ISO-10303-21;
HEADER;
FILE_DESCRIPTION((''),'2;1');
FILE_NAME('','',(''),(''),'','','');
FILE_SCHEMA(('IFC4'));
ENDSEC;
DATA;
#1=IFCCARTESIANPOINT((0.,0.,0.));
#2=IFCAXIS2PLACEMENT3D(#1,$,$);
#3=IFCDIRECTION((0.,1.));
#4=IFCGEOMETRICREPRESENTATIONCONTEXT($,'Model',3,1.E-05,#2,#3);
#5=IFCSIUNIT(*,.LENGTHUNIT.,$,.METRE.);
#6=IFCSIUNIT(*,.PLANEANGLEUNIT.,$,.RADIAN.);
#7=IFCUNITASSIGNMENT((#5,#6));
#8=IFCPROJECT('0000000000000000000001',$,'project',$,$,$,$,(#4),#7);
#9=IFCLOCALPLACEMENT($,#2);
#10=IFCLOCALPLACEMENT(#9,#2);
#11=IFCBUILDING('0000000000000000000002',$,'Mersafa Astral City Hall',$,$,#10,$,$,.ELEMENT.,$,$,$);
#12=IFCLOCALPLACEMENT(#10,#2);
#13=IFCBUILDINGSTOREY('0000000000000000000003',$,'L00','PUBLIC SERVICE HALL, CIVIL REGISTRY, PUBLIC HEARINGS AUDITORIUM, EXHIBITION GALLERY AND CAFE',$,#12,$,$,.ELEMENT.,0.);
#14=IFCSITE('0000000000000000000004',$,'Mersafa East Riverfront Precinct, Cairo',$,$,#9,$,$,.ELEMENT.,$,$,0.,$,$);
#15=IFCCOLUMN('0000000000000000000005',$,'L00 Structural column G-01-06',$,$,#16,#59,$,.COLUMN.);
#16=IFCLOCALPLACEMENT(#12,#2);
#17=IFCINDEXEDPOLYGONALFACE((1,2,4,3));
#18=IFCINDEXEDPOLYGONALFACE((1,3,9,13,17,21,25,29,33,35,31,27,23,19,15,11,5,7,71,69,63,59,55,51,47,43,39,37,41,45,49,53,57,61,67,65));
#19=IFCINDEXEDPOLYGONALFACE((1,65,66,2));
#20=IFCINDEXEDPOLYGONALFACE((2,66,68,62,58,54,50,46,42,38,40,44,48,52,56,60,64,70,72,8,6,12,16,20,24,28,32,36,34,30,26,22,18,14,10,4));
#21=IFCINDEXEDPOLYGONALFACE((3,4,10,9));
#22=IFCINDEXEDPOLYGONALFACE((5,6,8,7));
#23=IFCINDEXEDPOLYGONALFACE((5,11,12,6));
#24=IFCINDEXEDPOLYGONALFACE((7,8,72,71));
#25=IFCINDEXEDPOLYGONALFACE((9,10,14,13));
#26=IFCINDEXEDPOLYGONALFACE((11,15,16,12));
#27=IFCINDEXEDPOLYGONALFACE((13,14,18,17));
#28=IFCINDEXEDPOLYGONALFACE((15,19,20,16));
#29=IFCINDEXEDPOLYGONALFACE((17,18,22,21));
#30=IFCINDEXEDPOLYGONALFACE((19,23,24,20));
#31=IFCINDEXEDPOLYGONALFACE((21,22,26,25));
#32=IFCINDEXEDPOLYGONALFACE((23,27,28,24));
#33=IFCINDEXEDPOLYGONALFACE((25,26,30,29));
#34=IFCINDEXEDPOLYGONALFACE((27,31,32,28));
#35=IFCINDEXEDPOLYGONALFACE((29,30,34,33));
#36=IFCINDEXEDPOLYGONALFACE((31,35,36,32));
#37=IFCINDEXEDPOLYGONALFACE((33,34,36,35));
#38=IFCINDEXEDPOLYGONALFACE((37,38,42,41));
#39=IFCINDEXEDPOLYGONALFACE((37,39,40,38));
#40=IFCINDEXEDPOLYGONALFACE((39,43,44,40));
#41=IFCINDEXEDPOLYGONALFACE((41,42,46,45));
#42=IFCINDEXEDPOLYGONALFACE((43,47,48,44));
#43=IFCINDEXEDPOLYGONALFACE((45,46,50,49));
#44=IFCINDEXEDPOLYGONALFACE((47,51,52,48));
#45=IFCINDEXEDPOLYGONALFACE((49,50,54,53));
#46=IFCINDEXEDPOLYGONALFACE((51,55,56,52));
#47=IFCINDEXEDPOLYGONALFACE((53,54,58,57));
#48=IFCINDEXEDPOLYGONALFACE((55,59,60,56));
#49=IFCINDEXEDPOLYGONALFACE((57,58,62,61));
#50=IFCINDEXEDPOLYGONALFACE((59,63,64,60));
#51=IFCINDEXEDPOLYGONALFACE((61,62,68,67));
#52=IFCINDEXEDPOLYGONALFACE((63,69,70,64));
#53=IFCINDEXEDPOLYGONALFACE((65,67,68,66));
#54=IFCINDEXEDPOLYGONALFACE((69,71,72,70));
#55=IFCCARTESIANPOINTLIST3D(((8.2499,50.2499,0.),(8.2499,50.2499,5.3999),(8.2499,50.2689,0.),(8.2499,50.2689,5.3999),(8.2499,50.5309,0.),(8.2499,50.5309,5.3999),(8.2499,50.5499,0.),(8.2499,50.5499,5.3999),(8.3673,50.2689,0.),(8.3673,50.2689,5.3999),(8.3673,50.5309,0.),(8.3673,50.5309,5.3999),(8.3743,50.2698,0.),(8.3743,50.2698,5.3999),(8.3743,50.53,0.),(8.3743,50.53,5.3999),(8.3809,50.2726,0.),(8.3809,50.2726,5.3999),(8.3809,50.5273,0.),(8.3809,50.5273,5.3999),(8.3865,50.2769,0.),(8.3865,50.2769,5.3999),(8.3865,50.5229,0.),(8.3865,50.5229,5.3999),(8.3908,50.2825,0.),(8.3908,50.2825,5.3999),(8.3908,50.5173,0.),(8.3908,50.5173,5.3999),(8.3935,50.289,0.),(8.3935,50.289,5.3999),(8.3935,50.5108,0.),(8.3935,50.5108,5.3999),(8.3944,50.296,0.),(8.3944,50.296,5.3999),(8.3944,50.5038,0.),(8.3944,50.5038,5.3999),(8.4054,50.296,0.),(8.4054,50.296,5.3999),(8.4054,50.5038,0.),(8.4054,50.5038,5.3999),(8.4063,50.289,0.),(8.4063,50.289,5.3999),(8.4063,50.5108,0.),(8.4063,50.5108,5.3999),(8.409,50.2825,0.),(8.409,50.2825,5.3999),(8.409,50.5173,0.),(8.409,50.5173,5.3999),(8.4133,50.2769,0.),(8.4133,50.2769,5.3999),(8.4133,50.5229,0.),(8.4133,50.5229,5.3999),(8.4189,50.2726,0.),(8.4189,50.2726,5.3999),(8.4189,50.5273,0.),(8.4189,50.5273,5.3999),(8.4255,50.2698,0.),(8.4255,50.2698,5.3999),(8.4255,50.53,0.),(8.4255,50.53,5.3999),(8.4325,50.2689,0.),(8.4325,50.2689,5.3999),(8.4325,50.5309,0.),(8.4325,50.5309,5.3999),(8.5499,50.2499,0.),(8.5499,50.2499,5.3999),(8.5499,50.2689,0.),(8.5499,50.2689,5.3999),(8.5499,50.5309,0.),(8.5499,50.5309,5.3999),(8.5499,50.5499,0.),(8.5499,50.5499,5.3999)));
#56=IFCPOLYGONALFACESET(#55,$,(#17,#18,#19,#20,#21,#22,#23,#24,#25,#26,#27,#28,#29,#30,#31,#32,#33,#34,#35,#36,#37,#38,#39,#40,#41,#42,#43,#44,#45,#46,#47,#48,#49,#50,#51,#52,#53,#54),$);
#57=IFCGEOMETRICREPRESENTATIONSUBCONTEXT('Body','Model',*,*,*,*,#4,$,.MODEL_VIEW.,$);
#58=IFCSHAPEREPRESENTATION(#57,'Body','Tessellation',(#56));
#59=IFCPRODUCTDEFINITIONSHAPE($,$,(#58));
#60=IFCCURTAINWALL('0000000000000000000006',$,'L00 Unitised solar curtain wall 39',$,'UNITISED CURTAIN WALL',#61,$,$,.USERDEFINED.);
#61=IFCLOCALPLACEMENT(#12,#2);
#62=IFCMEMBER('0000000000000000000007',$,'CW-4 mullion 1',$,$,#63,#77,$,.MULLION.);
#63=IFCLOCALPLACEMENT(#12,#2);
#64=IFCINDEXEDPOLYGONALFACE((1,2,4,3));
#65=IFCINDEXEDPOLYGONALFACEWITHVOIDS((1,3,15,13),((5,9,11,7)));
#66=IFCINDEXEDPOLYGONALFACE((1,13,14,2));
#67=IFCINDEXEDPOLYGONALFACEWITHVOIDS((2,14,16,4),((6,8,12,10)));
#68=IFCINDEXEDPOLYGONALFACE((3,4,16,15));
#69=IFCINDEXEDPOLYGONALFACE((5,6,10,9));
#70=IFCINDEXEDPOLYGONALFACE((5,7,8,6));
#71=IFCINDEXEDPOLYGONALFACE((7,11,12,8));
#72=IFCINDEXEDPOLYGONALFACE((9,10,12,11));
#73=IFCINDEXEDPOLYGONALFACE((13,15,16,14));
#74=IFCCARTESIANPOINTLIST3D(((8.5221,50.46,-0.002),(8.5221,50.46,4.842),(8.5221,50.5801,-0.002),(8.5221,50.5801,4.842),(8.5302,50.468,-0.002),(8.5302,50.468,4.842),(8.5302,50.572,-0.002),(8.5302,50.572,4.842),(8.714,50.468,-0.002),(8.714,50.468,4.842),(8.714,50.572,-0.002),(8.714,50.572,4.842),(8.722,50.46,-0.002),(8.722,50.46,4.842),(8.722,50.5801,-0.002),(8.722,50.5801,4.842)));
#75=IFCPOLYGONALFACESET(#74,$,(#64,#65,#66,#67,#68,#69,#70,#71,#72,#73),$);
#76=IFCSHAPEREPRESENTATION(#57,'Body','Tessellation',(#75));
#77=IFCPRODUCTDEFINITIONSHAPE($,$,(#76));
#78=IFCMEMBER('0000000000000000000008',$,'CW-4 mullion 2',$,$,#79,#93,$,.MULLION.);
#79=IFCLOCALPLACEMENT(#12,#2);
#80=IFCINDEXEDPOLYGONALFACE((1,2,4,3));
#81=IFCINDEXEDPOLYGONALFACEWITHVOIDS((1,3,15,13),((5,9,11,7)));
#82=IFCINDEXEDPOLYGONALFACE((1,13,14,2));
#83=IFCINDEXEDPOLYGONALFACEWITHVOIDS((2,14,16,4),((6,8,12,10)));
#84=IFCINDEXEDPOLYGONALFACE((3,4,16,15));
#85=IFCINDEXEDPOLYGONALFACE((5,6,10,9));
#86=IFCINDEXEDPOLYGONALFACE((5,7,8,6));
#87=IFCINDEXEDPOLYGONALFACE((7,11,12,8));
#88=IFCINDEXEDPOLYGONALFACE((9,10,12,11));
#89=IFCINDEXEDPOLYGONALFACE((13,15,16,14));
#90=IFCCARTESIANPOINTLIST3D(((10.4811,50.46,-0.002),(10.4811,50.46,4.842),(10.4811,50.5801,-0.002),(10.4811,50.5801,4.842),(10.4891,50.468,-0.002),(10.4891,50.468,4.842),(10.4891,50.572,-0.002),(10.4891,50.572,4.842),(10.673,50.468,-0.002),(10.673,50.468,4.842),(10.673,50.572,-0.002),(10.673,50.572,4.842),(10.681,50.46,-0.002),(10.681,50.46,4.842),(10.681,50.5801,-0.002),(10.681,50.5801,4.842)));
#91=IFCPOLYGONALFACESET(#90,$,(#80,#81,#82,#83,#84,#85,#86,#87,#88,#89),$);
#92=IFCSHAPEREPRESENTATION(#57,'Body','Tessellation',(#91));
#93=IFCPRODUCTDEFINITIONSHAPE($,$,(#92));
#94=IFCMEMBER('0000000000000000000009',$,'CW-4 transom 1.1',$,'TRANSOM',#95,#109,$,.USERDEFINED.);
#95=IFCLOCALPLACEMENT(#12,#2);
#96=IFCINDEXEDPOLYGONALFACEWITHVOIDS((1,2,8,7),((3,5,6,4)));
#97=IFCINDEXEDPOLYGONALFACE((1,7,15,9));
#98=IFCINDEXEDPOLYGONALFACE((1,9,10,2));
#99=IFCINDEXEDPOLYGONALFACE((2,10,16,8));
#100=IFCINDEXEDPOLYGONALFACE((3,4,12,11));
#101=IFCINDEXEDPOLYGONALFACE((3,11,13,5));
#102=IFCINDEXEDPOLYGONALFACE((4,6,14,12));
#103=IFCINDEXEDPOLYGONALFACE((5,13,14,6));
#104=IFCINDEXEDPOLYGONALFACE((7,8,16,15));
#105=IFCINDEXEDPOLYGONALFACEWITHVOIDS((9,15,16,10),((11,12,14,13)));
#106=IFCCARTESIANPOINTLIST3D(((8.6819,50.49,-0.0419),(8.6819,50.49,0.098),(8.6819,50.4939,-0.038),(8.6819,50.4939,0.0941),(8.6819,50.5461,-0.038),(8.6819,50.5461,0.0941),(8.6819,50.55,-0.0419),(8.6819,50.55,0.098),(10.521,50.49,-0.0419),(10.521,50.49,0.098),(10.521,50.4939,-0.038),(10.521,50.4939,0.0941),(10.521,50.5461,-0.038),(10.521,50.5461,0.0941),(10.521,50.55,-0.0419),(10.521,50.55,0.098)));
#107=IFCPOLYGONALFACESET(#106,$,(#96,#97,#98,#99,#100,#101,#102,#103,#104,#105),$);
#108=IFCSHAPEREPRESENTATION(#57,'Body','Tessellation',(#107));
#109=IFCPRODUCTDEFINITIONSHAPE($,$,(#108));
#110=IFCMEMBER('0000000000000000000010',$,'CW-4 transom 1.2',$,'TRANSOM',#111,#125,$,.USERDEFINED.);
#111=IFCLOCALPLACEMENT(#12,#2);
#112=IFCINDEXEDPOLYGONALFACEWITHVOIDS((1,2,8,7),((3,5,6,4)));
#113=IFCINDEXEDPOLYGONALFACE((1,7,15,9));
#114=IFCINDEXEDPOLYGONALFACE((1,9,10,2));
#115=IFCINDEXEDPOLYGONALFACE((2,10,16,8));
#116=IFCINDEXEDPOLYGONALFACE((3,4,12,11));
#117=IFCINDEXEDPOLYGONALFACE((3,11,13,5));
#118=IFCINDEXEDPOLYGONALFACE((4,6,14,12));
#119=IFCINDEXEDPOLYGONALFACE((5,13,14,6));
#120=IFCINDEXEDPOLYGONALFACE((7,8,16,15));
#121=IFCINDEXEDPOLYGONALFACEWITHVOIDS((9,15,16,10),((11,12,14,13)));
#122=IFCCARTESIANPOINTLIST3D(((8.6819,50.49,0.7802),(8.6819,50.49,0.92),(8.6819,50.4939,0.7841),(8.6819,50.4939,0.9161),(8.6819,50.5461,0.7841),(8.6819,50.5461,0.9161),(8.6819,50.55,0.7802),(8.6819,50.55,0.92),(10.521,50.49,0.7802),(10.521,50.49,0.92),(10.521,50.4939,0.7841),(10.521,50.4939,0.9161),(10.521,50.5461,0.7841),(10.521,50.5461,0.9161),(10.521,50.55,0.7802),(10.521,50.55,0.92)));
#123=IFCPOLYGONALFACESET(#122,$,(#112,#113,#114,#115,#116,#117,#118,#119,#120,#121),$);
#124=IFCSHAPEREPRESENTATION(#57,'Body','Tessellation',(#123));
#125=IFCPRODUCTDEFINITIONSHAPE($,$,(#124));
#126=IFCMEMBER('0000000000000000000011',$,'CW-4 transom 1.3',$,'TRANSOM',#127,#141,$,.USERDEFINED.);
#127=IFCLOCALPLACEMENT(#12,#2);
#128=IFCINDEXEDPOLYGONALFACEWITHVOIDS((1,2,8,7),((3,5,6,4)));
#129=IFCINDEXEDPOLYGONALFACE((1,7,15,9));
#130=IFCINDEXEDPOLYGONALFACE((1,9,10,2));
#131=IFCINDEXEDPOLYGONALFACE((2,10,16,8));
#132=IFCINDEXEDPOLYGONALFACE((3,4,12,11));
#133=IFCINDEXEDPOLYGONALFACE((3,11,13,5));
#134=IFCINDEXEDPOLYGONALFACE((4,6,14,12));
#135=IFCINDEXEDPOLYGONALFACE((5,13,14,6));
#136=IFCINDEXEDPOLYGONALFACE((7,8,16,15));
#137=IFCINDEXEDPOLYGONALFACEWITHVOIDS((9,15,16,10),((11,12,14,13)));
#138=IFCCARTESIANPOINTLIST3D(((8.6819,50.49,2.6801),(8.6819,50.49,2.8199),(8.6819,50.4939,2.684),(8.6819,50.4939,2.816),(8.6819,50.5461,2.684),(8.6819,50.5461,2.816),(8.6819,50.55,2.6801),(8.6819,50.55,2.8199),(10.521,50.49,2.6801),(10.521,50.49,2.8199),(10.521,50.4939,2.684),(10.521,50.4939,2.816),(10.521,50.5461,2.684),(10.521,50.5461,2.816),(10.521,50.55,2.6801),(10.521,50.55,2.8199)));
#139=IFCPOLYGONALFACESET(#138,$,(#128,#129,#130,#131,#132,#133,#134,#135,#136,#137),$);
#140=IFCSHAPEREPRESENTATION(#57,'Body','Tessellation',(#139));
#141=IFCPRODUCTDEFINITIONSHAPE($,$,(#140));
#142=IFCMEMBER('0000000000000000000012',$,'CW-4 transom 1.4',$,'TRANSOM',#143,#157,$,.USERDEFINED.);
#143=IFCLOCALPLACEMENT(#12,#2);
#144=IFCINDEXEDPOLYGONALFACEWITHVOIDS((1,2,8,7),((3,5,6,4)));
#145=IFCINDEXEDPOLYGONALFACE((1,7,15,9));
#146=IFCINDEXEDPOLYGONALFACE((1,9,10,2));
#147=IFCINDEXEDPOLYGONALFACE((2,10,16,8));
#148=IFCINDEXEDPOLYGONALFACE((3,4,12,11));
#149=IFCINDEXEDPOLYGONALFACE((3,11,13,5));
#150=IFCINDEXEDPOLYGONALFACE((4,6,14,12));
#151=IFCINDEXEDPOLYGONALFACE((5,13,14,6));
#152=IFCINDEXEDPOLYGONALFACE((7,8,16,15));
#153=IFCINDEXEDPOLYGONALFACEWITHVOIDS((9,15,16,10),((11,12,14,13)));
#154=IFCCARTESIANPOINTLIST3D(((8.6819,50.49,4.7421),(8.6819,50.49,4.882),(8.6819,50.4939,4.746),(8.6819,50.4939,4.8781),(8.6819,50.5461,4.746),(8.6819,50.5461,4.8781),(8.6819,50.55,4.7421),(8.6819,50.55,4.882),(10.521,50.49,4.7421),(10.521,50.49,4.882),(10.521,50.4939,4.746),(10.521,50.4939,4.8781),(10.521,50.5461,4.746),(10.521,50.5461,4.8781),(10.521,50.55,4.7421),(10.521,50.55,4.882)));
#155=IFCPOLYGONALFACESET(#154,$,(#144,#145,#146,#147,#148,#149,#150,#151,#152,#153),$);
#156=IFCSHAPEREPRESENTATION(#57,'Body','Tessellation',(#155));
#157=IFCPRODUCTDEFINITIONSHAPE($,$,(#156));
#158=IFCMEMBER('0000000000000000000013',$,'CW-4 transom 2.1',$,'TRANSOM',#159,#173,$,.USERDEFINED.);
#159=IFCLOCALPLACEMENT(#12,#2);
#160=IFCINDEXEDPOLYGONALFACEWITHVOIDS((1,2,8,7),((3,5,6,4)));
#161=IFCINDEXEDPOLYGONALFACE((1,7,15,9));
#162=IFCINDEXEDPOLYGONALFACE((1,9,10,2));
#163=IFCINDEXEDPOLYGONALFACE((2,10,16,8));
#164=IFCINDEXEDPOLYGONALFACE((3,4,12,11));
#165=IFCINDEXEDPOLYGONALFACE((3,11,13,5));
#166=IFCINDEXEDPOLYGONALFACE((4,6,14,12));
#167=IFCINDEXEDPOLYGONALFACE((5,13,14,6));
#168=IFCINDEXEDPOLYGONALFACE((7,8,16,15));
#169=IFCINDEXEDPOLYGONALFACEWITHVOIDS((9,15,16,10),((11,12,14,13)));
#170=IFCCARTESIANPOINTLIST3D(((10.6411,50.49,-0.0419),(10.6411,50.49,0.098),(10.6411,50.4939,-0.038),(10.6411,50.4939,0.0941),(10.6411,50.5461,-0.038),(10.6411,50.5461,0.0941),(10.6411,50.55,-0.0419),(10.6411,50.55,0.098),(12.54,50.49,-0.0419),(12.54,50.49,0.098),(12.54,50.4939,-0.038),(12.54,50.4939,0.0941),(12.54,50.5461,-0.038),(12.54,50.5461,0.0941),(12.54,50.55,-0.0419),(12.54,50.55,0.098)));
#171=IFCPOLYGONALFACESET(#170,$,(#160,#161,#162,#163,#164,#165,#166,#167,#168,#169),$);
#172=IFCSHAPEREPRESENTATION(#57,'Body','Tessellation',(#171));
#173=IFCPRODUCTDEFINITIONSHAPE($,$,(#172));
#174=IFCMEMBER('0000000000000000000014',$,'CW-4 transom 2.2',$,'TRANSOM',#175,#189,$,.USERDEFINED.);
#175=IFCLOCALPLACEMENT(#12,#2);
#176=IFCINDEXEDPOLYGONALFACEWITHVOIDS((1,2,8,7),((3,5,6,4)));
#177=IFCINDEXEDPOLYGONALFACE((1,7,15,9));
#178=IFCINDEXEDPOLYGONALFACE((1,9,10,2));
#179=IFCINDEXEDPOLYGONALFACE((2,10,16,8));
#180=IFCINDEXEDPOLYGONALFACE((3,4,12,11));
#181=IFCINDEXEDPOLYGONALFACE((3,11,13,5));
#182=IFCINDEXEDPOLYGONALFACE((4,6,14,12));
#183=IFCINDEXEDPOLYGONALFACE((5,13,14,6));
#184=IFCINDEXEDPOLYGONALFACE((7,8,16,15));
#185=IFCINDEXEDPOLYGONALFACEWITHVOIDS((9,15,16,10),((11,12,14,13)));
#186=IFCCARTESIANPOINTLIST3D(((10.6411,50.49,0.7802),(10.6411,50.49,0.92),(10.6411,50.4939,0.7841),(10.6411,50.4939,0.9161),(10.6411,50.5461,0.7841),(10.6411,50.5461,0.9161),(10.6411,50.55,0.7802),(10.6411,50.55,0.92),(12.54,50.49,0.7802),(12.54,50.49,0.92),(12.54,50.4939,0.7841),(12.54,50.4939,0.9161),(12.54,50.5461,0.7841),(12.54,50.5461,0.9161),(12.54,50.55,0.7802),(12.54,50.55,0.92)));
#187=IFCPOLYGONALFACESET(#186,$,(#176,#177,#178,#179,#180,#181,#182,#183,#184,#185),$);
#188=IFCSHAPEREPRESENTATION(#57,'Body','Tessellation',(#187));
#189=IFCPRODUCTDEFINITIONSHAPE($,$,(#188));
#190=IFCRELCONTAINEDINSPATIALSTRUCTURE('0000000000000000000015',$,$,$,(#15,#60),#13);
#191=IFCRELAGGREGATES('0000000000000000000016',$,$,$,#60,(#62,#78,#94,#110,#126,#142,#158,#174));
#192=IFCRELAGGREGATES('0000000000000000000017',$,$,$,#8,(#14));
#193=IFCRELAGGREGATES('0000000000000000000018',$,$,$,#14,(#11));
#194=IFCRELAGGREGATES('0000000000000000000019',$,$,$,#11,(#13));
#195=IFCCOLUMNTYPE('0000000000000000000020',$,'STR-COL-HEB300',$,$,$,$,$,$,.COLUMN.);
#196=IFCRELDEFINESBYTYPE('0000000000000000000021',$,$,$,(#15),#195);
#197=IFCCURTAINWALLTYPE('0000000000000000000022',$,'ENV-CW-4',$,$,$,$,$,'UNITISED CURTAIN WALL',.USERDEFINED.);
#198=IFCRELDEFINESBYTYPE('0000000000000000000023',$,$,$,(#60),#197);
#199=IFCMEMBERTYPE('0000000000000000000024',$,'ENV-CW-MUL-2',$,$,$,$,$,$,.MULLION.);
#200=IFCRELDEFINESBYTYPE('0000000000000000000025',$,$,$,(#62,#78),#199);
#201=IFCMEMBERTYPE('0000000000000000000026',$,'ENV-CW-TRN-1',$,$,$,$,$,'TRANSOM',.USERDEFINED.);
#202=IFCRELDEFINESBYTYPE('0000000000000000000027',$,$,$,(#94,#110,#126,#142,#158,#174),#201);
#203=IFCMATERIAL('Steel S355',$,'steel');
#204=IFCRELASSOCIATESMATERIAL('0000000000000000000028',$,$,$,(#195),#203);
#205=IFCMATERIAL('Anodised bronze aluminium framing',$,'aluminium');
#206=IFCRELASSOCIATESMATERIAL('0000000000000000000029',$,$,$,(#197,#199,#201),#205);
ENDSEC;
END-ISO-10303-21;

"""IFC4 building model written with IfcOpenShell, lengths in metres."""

from ifc_helpers import new_model, si_unit, direction, frame, origin, origin_2d, place, context, subcontext, project, spatial, hollow_rectangle, i_section, extrude, material, material_profile, profile_set, type_object, element, aggregate, save


model = new_model("IFC4")

# Units and contexts
model_context = context("Model", 3, precision=1e-05, world=origin(), true_north=direction((0.0, 1.0)))
body_context = subcontext(model_context, "Body", "Model", "MODEL_VIEW")
ifc_project = project(units=[si_unit("LENGTHUNIT", "METRE"), si_unit("PLANEANGLEUNIT", "RADIAN")], contexts=[model_context])

# Site, building, storey
site_placement = place(None, origin())
site = spatial("IfcSite", under=ifc_project, at=site_placement, Name="Mersafa East Riverfront Precinct, Cairo", CompositionType="ELEMENT", RefElevation=0.0)
building_placement = place(site_placement, origin())
building = spatial("IfcBuilding", under=site, at=building_placement, Name="Mersafa Astral City Hall", CompositionType="ELEMENT")
storey_placement = place(building_placement, origin())
storey = spatial("IfcBuildingStorey", under=building, at=storey_placement, Name="L00", Description="PUBLIC SERVICE HALL, CIVIL REGISTRY, PUBLIC HEARINGS AUDITORIUM, EXHIBITION GALLERY AND CAFE", CompositionType="ELEMENT", Elevation=0.0)

# Column
ifc_material_1 = material(Name="Steel S355", Category="steel")
ifc_material_profile_1 = material_profile(ifc_material_1, i_section(OverallWidth=0.3, OverallDepth=0.3, WebThickness=0.011, FlangeThickness=0.019, FilletRadius=0.0271, at=origin_2d()), Name="HEB 300")
ifc_profile_set_1 = profile_set([ifc_material_profile_1], Name="Steel S355")
column_type = type_object("IfcColumnType", Name="STR-COL-HEB300", PredefinedType="COLUMN", material=ifc_profile_set_1)
column_placement = place(storey_placement, frame((8.3999, 50.3999, 0.0), z_axis=(0.0, 0.0, 1.0), x_axis=(1.0, 0.0, 0.0)))
element("IfcColumn", 1, at=column_placement, inside=storey, type_object=column_type, Name="L00 Structural column G-01-06", PredefinedType="COLUMN", context=body_context, shape_type="SweptSolid", body=[
    extrude(i_section(OverallWidth=0.3, OverallDepth=0.3, WebThickness=0.011, FlangeThickness=0.019, FilletRadius=0.0271, at=origin_2d()), origin(), (0.0, 0.0, 1.0), 5.3999),
])

# Curtain wall, members
ifc_material_2 = material(Name="Anodised bronze aluminium framing", Category="aluminium")
curtain_wall_type = type_object("IfcCurtainWallType", Name="ENV-CW-4", ElementType="UNITISED CURTAIN WALL", PredefinedType="USERDEFINED", material=ifc_material_2)
curtain_wall_placement = place(storey_placement, origin())
curtain_wall = element("IfcCurtainWall", 2, at=curtain_wall_placement, inside=storey, type_object=curtain_wall_type, Name="L00 Unitised solar curtain wall 39", ObjectType="UNITISED CURTAIN WALL", PredefinedType="USERDEFINED")
ifc_material_profile_2 = material_profile(ifc_material_2, hollow_rectangle(XDim=0.1201, YDim=0.2, WallThickness=0.0081, at=origin_2d()), Name="RHS 120x200x8")
ifc_profile_set_2 = profile_set([ifc_material_profile_2], Name="Anodised bronze aluminium framing")
member_type_1 = type_object("IfcMemberType", Name="ENV-CW-MUL-2", PredefinedType="MULLION", material=ifc_profile_set_2)
member_1_placement = place(storey_placement, frame((8.6221, 50.52, -0.002), z_axis=(0.0, 0.0, 1.0), x_axis=(0.0, 1.0, 0.0)))
member_1 = element("IfcMember", 3, at=member_1_placement, type_object=member_type_1, Name="CW-4 mullion 1", PredefinedType="MULLION", context=body_context, shape_type="SweptSolid", body=[
    extrude(hollow_rectangle(XDim=0.1201, YDim=0.2, WallThickness=0.0081, at=origin_2d()), origin(), (0.0, 0.0, 1.0), 4.844),
])
member_2_placement = place(storey_placement, frame((10.5811, 50.52, -0.002), z_axis=(0.0, 0.0, 1.0), x_axis=(0.0, 1.0, 0.0)))
member_2 = element("IfcMember", 4, at=member_2_placement, type_object=member_type_1, Name="CW-4 mullion 2", PredefinedType="MULLION", context=body_context, shape_type="SweptSolid", body=[
    extrude(hollow_rectangle(XDim=0.1201, YDim=0.2, WallThickness=0.0081, at=origin_2d()), origin(), (0.0, 0.0, 1.0), 4.844),
])
ifc_material_profile_3 = material_profile(ifc_material_2, hollow_rectangle(XDim=0.0601, YDim=0.1399, WallThickness=0.0039, at=origin_2d()), Name="RHS 60x140x4")
ifc_profile_set_3 = profile_set([ifc_material_profile_3], Name="Anodised bronze aluminium framing")
member_type_2 = type_object("IfcMemberType", Name="ENV-CW-TRN-1", ElementType="TRANSOM", PredefinedType="USERDEFINED", material=ifc_profile_set_3)
member_3_placement = place(storey_placement, frame((8.6819, 50.52, 0.0281), z_axis=(1.0, 0.0, 0.0), x_axis=(0.0, 1.0, 0.0)))
member_3 = element("IfcMember", 5, at=member_3_placement, type_object=member_type_2, Name="CW-4 transom 1.1", ObjectType="TRANSOM", PredefinedType="USERDEFINED", context=body_context, shape_type="SweptSolid", body=[
    extrude(hollow_rectangle(XDim=0.0601, YDim=0.1399, WallThickness=0.0039, at=origin_2d()), origin(), (0.0, 0.0, 1.0), 1.8391),
])
member_4_placement = place(storey_placement, frame((8.6819, 50.52, 0.8501), z_axis=(1.0, 0.0, 0.0), x_axis=(0.0, 1.0, 0.0)))
member_4 = element("IfcMember", 6, at=member_4_placement, type_object=member_type_2, Name="CW-4 transom 1.2", ObjectType="TRANSOM", PredefinedType="USERDEFINED", context=body_context, shape_type="SweptSolid", body=[
    extrude(hollow_rectangle(XDim=0.0601, YDim=0.1399, WallThickness=0.0039, at=origin_2d()), origin(), (0.0, 0.0, 1.0), 1.8391),
])
member_5_placement = place(storey_placement, frame((8.6819, 50.52, 2.75), z_axis=(1.0, 0.0, 0.0), x_axis=(0.0, 1.0, 0.0)))
member_5 = element("IfcMember", 7, at=member_5_placement, type_object=member_type_2, Name="CW-4 transom 1.3", ObjectType="TRANSOM", PredefinedType="USERDEFINED", context=body_context, shape_type="SweptSolid", body=[
    extrude(hollow_rectangle(XDim=0.0601, YDim=0.1399, WallThickness=0.0039, at=origin_2d()), origin(), (0.0, 0.0, 1.0), 1.8391),
])
member_6_placement = place(storey_placement, frame((8.6819, 50.52, 4.812), z_axis=(1.0, 0.0, 0.0), x_axis=(0.0, 1.0, 0.0)))
member_6 = element("IfcMember", 8, at=member_6_placement, type_object=member_type_2, Name="CW-4 transom 1.4", ObjectType="TRANSOM", PredefinedType="USERDEFINED", context=body_context, shape_type="SweptSolid", body=[
    extrude(hollow_rectangle(XDim=0.0601, YDim=0.1399, WallThickness=0.0039, at=origin_2d()), origin(), (0.0, 0.0, 1.0), 1.8391),
])
member_7_placement = place(storey_placement, frame((10.6411, 50.52, 0.0281), z_axis=(1.0, 0.0, 0.0), x_axis=(0.0, 1.0, 0.0)))
member_7 = element("IfcMember", 9, at=member_7_placement, type_object=member_type_2, Name="CW-4 transom 2.1", ObjectType="TRANSOM", PredefinedType="USERDEFINED", context=body_context, shape_type="SweptSolid", body=[
    extrude(hollow_rectangle(XDim=0.0601, YDim=0.1399, WallThickness=0.0039, at=origin_2d()), origin(), (0.0, 0.0, 1.0), 1.8989),
])
member_8_placement = place(storey_placement, frame((10.6411, 50.52, 0.8501), z_axis=(1.0, 0.0, 0.0), x_axis=(0.0, 1.0, 0.0)))
member_8 = element("IfcMember", 10, at=member_8_placement, type_object=member_type_2, Name="CW-4 transom 2.2", ObjectType="TRANSOM", PredefinedType="USERDEFINED", context=body_context, shape_type="SweptSolid", body=[
    extrude(hollow_rectangle(XDim=0.0601, YDim=0.1399, WallThickness=0.0039, at=origin_2d()), origin(), (0.0, 0.0, 1.0), 1.8989),
])

aggregate(curtain_wall, [member_1, member_2, member_3, member_4, member_5, member_6, member_7, member_8])

save(model, "model.ifc")
